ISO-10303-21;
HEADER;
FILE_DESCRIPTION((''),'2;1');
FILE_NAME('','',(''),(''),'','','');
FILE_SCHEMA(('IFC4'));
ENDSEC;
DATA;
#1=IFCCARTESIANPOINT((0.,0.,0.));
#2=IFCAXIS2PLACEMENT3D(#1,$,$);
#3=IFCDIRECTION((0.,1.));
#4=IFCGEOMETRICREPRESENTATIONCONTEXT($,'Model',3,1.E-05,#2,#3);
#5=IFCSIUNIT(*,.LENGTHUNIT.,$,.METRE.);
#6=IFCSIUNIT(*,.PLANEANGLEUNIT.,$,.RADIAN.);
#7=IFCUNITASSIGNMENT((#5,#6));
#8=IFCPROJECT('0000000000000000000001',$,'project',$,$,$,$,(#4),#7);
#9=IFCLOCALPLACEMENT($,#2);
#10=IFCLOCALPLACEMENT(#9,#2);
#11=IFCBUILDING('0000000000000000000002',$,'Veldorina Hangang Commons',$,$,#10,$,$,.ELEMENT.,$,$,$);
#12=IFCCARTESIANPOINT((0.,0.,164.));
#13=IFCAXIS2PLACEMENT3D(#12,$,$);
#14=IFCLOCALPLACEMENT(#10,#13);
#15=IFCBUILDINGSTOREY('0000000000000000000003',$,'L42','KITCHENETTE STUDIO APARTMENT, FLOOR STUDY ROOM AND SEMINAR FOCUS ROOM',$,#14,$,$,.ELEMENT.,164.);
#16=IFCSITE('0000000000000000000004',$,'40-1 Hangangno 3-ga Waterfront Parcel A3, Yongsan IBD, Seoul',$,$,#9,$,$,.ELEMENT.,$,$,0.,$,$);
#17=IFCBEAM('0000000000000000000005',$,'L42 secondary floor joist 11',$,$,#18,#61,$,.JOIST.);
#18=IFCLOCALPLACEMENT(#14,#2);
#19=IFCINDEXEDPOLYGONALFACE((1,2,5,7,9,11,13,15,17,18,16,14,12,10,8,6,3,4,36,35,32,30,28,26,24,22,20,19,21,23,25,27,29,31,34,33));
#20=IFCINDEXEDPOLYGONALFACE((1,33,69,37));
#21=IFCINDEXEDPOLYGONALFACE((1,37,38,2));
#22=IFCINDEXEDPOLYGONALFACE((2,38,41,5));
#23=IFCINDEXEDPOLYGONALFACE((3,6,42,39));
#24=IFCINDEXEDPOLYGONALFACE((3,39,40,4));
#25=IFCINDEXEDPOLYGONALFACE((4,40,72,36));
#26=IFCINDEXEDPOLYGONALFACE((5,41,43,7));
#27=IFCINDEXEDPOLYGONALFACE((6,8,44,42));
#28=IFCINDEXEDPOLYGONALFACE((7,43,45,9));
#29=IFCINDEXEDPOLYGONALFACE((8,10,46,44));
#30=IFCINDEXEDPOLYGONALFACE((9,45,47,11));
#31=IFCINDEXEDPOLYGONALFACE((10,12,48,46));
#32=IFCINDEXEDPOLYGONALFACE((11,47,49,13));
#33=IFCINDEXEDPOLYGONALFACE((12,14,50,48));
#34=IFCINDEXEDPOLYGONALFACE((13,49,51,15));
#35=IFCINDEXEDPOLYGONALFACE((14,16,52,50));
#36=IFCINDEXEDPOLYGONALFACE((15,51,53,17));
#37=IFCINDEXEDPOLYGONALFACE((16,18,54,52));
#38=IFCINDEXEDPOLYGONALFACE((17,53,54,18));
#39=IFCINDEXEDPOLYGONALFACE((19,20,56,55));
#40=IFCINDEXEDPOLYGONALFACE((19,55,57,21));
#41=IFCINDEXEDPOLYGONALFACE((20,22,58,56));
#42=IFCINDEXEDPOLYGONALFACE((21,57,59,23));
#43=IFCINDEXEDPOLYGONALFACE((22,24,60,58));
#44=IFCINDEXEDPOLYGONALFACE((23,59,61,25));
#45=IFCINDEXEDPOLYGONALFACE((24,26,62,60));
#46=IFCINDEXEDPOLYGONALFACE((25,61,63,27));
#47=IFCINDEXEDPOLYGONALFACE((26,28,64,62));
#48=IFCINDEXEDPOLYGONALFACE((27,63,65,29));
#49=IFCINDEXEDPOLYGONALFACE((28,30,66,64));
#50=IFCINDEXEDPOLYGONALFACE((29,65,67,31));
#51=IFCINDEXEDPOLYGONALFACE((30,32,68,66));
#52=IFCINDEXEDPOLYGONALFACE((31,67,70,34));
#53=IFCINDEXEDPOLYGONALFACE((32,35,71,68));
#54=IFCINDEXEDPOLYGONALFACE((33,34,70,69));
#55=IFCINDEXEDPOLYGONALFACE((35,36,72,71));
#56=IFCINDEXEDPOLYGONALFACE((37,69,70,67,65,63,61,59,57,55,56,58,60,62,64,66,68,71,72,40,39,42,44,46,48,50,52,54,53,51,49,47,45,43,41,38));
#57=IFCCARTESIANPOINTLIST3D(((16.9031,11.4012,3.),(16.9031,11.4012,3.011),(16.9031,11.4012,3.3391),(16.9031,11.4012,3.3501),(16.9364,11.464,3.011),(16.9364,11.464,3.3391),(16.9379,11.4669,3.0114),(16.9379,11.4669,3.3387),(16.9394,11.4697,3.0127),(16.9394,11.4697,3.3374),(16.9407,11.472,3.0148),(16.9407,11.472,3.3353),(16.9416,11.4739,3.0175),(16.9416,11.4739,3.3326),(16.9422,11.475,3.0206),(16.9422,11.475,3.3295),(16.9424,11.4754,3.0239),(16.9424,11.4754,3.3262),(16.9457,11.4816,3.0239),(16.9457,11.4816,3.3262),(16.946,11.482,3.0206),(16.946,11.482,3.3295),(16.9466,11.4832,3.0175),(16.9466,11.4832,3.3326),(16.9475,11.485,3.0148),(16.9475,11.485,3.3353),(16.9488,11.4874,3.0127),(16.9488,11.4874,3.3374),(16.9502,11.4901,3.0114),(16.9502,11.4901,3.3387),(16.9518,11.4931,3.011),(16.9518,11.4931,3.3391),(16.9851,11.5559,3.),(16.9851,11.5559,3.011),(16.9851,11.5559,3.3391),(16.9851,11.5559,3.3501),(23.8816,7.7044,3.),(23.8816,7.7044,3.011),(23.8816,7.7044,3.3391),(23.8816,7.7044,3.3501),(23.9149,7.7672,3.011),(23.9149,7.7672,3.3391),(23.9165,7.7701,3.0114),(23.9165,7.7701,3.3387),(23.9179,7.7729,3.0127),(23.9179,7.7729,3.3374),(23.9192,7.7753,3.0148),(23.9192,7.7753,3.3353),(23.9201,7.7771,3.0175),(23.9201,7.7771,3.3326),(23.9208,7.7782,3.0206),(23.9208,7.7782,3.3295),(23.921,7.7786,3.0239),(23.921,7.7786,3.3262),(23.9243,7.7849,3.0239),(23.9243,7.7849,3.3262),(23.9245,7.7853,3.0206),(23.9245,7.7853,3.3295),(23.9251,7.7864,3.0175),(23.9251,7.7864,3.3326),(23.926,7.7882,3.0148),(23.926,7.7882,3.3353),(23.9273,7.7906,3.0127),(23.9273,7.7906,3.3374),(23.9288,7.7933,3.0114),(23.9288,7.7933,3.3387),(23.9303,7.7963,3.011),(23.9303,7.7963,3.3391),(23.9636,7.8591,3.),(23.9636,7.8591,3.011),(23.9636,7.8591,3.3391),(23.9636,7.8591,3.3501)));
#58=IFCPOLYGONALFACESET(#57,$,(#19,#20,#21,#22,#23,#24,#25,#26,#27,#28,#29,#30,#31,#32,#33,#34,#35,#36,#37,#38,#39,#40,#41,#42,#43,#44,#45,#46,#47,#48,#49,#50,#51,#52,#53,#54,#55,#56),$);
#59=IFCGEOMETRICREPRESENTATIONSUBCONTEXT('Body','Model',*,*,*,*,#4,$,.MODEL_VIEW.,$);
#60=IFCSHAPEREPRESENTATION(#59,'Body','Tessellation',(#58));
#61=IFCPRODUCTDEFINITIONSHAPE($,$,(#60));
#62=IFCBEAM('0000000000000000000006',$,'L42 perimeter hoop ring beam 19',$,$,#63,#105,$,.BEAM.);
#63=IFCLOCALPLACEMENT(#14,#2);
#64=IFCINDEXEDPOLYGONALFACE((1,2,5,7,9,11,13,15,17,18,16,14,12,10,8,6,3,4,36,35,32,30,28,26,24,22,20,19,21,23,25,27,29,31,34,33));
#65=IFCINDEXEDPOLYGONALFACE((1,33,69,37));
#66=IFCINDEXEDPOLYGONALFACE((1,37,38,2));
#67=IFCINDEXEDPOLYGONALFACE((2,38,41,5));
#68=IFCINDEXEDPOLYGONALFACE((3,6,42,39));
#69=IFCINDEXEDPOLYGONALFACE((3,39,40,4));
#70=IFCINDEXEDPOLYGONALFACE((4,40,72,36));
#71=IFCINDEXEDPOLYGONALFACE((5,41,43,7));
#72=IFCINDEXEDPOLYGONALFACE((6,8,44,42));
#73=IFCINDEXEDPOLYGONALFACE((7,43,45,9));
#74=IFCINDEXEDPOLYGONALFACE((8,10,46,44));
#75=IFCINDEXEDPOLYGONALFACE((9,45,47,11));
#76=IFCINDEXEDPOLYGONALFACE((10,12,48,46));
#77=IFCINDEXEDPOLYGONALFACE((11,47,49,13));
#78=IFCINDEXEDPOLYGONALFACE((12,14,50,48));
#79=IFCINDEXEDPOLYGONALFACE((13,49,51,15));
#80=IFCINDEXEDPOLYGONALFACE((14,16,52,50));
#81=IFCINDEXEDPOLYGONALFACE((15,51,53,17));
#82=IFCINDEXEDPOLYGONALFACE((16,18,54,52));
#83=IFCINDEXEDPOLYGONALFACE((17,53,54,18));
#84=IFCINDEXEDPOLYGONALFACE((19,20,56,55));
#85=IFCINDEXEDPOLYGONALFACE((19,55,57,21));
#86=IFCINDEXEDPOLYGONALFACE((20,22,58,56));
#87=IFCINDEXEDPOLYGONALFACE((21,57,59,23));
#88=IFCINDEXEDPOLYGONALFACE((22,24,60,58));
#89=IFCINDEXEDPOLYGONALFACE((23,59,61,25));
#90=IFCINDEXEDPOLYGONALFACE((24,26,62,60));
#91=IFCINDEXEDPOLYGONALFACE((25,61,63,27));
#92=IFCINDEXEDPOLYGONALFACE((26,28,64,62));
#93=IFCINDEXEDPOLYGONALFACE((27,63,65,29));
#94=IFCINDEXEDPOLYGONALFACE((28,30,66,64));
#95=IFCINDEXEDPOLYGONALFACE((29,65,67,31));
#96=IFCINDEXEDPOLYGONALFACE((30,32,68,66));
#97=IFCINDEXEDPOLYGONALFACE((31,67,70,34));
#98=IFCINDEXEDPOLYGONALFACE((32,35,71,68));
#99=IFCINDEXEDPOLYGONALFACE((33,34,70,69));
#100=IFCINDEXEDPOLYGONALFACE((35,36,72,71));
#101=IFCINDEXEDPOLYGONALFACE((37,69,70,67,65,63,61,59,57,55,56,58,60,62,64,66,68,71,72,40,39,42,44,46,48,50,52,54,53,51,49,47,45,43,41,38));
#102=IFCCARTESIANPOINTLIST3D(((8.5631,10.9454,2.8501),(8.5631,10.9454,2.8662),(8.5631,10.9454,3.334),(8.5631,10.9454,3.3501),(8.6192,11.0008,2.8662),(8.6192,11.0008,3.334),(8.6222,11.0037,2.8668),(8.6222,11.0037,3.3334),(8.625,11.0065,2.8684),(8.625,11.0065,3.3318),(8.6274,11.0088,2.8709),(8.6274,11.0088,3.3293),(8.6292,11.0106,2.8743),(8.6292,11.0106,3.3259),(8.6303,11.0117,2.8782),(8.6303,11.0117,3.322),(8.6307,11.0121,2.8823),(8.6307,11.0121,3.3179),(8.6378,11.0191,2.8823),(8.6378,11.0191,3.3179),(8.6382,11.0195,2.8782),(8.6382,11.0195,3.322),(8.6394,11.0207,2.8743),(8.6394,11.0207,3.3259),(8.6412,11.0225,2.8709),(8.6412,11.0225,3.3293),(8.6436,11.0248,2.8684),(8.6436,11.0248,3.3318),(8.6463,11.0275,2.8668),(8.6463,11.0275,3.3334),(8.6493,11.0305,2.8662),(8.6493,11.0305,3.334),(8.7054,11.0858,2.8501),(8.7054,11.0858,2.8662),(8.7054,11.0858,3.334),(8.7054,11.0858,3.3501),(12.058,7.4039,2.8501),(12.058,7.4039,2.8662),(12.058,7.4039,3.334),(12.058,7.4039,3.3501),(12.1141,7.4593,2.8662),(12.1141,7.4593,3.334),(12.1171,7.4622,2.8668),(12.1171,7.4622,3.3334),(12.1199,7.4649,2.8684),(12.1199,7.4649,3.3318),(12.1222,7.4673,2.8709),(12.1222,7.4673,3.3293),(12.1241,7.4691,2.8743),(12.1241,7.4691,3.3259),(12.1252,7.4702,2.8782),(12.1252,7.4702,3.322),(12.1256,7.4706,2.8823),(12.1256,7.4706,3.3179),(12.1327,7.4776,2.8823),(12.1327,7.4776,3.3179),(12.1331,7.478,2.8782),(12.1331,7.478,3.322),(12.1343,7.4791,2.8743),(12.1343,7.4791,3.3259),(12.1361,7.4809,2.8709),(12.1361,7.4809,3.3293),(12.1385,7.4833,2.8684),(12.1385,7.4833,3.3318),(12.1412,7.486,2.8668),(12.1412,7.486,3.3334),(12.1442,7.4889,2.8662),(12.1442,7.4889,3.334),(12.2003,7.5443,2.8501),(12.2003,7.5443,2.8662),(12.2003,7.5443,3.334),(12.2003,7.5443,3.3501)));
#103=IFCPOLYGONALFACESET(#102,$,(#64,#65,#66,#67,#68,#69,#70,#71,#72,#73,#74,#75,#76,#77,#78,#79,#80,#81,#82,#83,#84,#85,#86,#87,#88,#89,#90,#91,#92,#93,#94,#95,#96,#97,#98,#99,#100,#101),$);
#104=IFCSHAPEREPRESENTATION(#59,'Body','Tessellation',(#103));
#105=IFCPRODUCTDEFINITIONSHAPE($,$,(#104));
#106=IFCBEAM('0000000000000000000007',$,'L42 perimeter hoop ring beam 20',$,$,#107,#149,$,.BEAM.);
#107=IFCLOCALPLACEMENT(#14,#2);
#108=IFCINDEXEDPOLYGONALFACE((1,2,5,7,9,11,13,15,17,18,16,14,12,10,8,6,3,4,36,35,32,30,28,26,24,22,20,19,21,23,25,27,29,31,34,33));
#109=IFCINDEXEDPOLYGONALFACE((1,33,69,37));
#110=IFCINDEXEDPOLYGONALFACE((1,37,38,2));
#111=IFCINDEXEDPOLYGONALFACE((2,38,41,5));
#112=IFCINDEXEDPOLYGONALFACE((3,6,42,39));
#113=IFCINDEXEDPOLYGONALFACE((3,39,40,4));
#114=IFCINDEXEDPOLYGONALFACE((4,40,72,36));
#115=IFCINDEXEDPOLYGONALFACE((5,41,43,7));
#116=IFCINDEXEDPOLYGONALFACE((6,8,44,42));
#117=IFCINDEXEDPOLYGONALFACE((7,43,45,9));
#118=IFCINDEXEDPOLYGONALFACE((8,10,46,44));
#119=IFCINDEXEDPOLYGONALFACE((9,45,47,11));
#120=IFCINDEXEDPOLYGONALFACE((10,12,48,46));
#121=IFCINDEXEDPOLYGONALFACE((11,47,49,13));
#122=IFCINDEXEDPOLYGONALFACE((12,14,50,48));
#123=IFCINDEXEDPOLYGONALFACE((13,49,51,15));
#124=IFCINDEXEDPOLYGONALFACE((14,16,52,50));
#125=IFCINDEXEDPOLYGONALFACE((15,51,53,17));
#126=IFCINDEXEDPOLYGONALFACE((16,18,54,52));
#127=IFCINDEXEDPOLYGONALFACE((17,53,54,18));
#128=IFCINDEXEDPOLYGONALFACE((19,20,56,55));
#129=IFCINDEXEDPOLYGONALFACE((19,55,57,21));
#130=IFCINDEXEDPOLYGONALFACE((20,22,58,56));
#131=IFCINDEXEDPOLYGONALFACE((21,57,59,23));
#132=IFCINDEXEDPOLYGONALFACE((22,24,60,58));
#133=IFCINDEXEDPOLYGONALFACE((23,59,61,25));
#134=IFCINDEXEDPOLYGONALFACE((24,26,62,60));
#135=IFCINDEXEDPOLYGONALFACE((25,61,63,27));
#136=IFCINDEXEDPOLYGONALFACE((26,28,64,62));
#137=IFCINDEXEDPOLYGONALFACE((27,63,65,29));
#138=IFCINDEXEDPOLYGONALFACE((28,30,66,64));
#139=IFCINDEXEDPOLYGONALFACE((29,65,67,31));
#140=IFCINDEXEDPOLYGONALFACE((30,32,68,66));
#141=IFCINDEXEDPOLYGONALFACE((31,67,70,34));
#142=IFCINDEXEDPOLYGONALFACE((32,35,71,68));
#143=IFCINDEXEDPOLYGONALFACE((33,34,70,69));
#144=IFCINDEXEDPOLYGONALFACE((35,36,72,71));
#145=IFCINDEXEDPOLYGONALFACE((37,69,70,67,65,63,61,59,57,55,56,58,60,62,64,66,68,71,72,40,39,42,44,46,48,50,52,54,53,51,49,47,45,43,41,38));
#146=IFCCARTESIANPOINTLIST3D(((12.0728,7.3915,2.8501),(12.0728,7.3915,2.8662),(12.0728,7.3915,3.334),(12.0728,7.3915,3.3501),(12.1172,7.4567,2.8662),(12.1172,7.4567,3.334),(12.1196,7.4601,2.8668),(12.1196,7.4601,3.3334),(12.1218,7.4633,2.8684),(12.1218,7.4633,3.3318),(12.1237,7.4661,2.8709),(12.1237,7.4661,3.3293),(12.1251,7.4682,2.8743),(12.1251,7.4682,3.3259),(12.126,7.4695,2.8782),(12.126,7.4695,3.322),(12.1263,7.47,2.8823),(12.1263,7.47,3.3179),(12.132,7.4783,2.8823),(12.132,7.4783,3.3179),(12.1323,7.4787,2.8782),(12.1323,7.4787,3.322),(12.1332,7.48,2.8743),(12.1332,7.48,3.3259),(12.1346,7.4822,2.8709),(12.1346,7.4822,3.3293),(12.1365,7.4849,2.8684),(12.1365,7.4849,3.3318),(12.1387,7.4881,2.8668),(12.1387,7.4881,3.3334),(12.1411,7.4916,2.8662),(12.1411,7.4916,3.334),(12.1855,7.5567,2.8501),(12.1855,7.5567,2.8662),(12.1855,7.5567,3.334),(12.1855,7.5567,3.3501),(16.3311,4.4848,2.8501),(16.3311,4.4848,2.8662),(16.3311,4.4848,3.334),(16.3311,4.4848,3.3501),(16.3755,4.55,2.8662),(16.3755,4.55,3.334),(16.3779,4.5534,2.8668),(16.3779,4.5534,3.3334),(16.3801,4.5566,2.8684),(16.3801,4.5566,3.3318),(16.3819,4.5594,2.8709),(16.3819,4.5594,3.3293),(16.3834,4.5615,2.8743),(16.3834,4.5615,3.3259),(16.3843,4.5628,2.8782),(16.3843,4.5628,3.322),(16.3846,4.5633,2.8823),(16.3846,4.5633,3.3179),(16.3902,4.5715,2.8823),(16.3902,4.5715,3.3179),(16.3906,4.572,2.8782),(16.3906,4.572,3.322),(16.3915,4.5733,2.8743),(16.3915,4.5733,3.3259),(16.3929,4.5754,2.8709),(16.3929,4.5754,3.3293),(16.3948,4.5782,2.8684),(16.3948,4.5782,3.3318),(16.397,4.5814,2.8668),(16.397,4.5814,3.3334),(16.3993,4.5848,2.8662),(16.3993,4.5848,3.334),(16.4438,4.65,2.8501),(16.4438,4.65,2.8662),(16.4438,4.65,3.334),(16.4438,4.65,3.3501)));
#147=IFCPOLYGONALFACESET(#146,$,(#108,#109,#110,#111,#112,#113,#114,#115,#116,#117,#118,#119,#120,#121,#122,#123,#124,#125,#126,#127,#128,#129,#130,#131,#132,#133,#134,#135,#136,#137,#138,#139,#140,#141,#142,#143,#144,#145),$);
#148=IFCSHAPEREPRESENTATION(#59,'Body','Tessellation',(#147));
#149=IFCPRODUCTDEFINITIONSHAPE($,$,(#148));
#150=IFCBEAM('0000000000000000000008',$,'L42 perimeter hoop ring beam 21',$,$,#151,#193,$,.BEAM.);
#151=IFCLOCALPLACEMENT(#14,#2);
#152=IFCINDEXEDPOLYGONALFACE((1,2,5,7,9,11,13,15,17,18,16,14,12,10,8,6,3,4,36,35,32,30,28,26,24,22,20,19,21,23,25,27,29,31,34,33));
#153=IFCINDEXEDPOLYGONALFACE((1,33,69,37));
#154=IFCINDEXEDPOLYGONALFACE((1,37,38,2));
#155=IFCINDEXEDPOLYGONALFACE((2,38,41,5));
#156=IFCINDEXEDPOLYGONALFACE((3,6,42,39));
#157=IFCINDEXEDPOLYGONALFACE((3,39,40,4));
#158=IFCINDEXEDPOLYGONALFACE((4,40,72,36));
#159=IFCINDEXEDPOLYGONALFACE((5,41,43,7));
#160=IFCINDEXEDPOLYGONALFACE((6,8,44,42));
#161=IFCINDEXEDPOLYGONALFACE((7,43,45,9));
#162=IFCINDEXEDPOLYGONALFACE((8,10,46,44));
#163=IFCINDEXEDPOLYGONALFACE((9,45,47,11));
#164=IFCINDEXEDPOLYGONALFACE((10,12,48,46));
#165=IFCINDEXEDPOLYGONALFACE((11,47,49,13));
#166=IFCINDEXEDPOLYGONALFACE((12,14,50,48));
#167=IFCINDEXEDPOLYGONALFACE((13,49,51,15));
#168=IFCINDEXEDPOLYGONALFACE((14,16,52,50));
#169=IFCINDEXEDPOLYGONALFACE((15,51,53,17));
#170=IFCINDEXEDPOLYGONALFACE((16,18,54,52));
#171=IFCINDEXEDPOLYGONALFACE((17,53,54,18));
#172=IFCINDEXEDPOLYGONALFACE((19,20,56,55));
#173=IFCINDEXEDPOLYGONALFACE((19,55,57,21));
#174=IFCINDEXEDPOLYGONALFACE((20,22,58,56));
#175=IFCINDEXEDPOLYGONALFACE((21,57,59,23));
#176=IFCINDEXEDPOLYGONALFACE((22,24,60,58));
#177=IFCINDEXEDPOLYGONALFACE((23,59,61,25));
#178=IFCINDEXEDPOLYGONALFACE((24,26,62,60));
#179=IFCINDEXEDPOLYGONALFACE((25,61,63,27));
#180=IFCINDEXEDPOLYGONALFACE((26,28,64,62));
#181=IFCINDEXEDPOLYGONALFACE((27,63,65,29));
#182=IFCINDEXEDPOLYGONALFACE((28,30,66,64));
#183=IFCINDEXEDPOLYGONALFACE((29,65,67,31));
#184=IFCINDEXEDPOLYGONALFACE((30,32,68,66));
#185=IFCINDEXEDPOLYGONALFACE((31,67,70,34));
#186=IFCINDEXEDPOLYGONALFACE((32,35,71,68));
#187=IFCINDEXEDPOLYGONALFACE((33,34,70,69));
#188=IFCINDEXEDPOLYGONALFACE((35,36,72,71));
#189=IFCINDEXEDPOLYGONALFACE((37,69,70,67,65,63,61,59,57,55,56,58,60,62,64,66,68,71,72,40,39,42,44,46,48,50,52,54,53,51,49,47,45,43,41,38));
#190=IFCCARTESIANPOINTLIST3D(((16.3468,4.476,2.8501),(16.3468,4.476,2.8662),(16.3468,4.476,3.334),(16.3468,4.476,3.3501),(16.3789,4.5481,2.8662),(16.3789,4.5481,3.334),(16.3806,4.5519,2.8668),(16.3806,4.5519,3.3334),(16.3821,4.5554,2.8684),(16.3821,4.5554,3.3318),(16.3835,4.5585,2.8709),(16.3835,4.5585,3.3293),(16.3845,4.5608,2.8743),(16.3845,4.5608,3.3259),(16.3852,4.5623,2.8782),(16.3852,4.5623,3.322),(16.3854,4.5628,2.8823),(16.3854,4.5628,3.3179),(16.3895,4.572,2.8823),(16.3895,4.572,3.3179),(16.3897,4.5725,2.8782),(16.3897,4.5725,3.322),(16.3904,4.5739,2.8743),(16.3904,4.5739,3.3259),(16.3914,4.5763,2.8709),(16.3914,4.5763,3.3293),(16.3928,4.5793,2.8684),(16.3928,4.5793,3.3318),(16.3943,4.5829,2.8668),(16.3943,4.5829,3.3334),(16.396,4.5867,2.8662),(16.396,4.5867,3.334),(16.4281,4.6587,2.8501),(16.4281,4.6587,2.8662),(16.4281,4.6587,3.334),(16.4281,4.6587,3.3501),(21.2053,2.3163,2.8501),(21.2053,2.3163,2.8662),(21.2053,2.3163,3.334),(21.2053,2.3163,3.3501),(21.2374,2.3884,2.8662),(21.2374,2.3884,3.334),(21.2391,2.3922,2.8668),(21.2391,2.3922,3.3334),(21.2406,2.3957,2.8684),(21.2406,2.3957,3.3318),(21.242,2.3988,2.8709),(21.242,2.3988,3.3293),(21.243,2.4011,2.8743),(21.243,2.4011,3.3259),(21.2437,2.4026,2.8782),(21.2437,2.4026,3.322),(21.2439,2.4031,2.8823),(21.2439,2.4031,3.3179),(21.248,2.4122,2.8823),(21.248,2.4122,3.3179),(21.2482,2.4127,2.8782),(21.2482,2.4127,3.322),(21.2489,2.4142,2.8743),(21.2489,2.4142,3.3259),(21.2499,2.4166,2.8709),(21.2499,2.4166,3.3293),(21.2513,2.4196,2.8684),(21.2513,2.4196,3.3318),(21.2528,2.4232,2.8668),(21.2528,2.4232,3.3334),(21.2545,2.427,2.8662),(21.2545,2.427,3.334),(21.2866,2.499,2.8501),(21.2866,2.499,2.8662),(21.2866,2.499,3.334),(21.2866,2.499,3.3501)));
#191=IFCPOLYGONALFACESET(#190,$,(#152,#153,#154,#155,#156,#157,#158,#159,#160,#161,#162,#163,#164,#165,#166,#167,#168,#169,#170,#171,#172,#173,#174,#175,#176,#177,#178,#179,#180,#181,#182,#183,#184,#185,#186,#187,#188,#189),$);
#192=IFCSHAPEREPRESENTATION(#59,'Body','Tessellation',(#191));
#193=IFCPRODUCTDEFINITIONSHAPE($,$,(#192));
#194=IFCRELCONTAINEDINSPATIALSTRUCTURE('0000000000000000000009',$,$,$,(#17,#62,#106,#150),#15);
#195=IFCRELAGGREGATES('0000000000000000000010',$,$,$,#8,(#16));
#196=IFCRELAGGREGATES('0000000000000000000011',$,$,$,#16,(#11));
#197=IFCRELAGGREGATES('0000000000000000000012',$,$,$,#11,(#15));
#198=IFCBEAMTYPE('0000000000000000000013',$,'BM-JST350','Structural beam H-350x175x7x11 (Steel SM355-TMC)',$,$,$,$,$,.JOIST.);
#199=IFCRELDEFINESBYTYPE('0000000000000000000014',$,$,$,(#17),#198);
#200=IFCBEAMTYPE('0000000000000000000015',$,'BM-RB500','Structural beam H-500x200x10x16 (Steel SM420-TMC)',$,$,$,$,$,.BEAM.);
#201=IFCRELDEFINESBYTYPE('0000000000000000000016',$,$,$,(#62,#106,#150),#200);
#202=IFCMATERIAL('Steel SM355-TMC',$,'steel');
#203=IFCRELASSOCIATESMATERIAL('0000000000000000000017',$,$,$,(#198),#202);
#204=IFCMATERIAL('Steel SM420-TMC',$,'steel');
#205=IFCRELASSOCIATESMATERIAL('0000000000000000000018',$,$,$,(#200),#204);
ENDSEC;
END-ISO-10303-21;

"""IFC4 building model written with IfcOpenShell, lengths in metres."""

from ifc_helpers import new_model, si_unit, direction, frame, origin, origin_2d, place, context, subcontext, project, spatial, i_section, extrude, material, material_profile, profile_set, type_object, element, save


model = new_model("IFC4")

# Units and contexts
model_context = context("Model", 3, precision=1e-05, world=origin(), true_north=direction((0.0, 1.0)))
body_context = subcontext(model_context, "Body", "Model", "MODEL_VIEW")
ifc_project = project(units=[si_unit("LENGTHUNIT", "METRE"), si_unit("PLANEANGLEUNIT", "RADIAN")], contexts=[model_context])

# Site, building, storey
site_placement = place(None, origin())
site = spatial("IfcSite", under=ifc_project, at=site_placement, Name="40-1 Hangangno 3-ga Waterfront Parcel A3, Yongsan IBD, Seoul", CompositionType="ELEMENT", RefElevation=0.0)
building_placement = place(site_placement, origin())
building = spatial("IfcBuilding", under=site, at=building_placement, Name="Veldorina Hangang Commons", CompositionType="ELEMENT")
storey_placement = place(building_placement, frame((0.0, 0.0, 164.0)))
storey = spatial("IfcBuildingStorey", under=building, at=storey_placement, Name="L42", Description="KITCHENETTE STUDIO APARTMENT, FLOOR STUDY ROOM AND SEMINAR FOCUS ROOM", CompositionType="ELEMENT", Elevation=164.0)

# Beams
ifc_material_1 = material(Name="Steel SM355-TMC", Category="steel")
ifc_material_profile_1 = material_profile(ifc_material_1, i_section(OverallWidth=0.175, OverallDepth=0.3501, WebThickness=0.0071, FlangeThickness=0.011, FilletRadius=0.0129, at=origin_2d()), Name="H-350x175x7x11")
ifc_profile_set_1 = profile_set([ifc_material_profile_1], Name="Steel SM355-TMC")
beam_type_1 = type_object("IfcBeamType", Name="BM-JST350", Description="Structural beam H-350x175x7x11 (Steel SM355-TMC)", PredefinedType="JOIST", material=ifc_profile_set_1)
beam_1_placement = place(storey_placement, frame((16.9441, 11.4785, 3.175), z_axis=(0.883669, -0.468112, 0.0), x_axis=(0.468112, 0.883669, 0.0)))
element("IfcBeam", 1, at=beam_1_placement, inside=storey, type_object=beam_type_1, Name="L42 secondary floor joist 11", PredefinedType="JOIST", context=body_context, shape_type="SweptSolid", body=[
    extrude(i_section(OverallWidth=0.175, OverallDepth=0.3501, WebThickness=0.0071, FlangeThickness=0.011, FilletRadius=0.0129, at=origin_2d()), origin(), (0.0, 0.0, 1.0), 7.8972),
])
ifc_material_2 = material(Name="Steel SM420-TMC", Category="steel")
ifc_material_profile_2 = material_profile(ifc_material_2, i_section(OverallWidth=0.2, OverallDepth=0.5, WebThickness=0.01, FlangeThickness=0.0161, FilletRadius=0.0161, at=origin_2d()), Name="H-500x200x10x16")
ifc_profile_set_2 = profile_set([ifc_material_profile_2], Name="Steel SM420-TMC")
beam_type_2 = type_object("IfcBeamType", Name="BM-RB500", Description="Structural beam H-500x200x10x16 (Steel SM420-TMC)", PredefinedType="BEAM", material=ifc_profile_set_2)
beam_2_placement = place(storey_placement, frame((8.6343, 11.0156, 3.1001), z_axis=(0.702405, -0.711777, 0.0), x_axis=(0.711777, 0.702405, 0.0)))
element("IfcBeam", 2, at=beam_2_placement, inside=storey, type_object=beam_type_2, Name="L42 perimeter hoop ring beam 19", PredefinedType="BEAM", context=body_context, shape_type="SweptSolid", body=[
    extrude(i_section(OverallWidth=0.2, OverallDepth=0.5, WebThickness=0.01, FlangeThickness=0.0161, FilletRadius=0.0161, at=origin_2d()), origin(), (0.0, 0.0, 1.0), 4.9756),
])
beam_3_placement = place(storey_placement, frame((12.1292, 7.4741, 3.1001), z_axis=(0.825925, -0.56378, 0.0), x_axis=(0.56378, 0.825925, 0.0)))
element("IfcBeam", 3, at=beam_3_placement, inside=storey, type_object=beam_type_2, Name="L42 perimeter hoop ring beam 20", PredefinedType="BEAM", context=body_context, shape_type="SweptSolid", body=[
    extrude(i_section(OverallWidth=0.2, OverallDepth=0.5, WebThickness=0.01, FlangeThickness=0.0161, FilletRadius=0.0161, at=origin_2d()), origin(), (0.0, 0.0, 1.0), 5.1558),
])
beam_4_placement = place(storey_placement, frame((16.3875, 4.5674, 3.1001), z_axis=(0.913785, -0.406198, 0.0), x_axis=(0.406198, 0.913785, 0.0)))
element("IfcBeam", 4, at=beam_4_placement, inside=storey, type_object=beam_type_2, Name="L42 perimeter hoop ring beam 21", PredefinedType="BEAM", context=body_context, shape_type="SweptSolid", body=[
    extrude(i_section(OverallWidth=0.2, OverallDepth=0.5, WebThickness=0.01, FlangeThickness=0.0161, FilletRadius=0.0161, at=origin_2d()), origin(), (0.0, 0.0, 1.0), 5.3169),
])

save(model, "model.ifc")
